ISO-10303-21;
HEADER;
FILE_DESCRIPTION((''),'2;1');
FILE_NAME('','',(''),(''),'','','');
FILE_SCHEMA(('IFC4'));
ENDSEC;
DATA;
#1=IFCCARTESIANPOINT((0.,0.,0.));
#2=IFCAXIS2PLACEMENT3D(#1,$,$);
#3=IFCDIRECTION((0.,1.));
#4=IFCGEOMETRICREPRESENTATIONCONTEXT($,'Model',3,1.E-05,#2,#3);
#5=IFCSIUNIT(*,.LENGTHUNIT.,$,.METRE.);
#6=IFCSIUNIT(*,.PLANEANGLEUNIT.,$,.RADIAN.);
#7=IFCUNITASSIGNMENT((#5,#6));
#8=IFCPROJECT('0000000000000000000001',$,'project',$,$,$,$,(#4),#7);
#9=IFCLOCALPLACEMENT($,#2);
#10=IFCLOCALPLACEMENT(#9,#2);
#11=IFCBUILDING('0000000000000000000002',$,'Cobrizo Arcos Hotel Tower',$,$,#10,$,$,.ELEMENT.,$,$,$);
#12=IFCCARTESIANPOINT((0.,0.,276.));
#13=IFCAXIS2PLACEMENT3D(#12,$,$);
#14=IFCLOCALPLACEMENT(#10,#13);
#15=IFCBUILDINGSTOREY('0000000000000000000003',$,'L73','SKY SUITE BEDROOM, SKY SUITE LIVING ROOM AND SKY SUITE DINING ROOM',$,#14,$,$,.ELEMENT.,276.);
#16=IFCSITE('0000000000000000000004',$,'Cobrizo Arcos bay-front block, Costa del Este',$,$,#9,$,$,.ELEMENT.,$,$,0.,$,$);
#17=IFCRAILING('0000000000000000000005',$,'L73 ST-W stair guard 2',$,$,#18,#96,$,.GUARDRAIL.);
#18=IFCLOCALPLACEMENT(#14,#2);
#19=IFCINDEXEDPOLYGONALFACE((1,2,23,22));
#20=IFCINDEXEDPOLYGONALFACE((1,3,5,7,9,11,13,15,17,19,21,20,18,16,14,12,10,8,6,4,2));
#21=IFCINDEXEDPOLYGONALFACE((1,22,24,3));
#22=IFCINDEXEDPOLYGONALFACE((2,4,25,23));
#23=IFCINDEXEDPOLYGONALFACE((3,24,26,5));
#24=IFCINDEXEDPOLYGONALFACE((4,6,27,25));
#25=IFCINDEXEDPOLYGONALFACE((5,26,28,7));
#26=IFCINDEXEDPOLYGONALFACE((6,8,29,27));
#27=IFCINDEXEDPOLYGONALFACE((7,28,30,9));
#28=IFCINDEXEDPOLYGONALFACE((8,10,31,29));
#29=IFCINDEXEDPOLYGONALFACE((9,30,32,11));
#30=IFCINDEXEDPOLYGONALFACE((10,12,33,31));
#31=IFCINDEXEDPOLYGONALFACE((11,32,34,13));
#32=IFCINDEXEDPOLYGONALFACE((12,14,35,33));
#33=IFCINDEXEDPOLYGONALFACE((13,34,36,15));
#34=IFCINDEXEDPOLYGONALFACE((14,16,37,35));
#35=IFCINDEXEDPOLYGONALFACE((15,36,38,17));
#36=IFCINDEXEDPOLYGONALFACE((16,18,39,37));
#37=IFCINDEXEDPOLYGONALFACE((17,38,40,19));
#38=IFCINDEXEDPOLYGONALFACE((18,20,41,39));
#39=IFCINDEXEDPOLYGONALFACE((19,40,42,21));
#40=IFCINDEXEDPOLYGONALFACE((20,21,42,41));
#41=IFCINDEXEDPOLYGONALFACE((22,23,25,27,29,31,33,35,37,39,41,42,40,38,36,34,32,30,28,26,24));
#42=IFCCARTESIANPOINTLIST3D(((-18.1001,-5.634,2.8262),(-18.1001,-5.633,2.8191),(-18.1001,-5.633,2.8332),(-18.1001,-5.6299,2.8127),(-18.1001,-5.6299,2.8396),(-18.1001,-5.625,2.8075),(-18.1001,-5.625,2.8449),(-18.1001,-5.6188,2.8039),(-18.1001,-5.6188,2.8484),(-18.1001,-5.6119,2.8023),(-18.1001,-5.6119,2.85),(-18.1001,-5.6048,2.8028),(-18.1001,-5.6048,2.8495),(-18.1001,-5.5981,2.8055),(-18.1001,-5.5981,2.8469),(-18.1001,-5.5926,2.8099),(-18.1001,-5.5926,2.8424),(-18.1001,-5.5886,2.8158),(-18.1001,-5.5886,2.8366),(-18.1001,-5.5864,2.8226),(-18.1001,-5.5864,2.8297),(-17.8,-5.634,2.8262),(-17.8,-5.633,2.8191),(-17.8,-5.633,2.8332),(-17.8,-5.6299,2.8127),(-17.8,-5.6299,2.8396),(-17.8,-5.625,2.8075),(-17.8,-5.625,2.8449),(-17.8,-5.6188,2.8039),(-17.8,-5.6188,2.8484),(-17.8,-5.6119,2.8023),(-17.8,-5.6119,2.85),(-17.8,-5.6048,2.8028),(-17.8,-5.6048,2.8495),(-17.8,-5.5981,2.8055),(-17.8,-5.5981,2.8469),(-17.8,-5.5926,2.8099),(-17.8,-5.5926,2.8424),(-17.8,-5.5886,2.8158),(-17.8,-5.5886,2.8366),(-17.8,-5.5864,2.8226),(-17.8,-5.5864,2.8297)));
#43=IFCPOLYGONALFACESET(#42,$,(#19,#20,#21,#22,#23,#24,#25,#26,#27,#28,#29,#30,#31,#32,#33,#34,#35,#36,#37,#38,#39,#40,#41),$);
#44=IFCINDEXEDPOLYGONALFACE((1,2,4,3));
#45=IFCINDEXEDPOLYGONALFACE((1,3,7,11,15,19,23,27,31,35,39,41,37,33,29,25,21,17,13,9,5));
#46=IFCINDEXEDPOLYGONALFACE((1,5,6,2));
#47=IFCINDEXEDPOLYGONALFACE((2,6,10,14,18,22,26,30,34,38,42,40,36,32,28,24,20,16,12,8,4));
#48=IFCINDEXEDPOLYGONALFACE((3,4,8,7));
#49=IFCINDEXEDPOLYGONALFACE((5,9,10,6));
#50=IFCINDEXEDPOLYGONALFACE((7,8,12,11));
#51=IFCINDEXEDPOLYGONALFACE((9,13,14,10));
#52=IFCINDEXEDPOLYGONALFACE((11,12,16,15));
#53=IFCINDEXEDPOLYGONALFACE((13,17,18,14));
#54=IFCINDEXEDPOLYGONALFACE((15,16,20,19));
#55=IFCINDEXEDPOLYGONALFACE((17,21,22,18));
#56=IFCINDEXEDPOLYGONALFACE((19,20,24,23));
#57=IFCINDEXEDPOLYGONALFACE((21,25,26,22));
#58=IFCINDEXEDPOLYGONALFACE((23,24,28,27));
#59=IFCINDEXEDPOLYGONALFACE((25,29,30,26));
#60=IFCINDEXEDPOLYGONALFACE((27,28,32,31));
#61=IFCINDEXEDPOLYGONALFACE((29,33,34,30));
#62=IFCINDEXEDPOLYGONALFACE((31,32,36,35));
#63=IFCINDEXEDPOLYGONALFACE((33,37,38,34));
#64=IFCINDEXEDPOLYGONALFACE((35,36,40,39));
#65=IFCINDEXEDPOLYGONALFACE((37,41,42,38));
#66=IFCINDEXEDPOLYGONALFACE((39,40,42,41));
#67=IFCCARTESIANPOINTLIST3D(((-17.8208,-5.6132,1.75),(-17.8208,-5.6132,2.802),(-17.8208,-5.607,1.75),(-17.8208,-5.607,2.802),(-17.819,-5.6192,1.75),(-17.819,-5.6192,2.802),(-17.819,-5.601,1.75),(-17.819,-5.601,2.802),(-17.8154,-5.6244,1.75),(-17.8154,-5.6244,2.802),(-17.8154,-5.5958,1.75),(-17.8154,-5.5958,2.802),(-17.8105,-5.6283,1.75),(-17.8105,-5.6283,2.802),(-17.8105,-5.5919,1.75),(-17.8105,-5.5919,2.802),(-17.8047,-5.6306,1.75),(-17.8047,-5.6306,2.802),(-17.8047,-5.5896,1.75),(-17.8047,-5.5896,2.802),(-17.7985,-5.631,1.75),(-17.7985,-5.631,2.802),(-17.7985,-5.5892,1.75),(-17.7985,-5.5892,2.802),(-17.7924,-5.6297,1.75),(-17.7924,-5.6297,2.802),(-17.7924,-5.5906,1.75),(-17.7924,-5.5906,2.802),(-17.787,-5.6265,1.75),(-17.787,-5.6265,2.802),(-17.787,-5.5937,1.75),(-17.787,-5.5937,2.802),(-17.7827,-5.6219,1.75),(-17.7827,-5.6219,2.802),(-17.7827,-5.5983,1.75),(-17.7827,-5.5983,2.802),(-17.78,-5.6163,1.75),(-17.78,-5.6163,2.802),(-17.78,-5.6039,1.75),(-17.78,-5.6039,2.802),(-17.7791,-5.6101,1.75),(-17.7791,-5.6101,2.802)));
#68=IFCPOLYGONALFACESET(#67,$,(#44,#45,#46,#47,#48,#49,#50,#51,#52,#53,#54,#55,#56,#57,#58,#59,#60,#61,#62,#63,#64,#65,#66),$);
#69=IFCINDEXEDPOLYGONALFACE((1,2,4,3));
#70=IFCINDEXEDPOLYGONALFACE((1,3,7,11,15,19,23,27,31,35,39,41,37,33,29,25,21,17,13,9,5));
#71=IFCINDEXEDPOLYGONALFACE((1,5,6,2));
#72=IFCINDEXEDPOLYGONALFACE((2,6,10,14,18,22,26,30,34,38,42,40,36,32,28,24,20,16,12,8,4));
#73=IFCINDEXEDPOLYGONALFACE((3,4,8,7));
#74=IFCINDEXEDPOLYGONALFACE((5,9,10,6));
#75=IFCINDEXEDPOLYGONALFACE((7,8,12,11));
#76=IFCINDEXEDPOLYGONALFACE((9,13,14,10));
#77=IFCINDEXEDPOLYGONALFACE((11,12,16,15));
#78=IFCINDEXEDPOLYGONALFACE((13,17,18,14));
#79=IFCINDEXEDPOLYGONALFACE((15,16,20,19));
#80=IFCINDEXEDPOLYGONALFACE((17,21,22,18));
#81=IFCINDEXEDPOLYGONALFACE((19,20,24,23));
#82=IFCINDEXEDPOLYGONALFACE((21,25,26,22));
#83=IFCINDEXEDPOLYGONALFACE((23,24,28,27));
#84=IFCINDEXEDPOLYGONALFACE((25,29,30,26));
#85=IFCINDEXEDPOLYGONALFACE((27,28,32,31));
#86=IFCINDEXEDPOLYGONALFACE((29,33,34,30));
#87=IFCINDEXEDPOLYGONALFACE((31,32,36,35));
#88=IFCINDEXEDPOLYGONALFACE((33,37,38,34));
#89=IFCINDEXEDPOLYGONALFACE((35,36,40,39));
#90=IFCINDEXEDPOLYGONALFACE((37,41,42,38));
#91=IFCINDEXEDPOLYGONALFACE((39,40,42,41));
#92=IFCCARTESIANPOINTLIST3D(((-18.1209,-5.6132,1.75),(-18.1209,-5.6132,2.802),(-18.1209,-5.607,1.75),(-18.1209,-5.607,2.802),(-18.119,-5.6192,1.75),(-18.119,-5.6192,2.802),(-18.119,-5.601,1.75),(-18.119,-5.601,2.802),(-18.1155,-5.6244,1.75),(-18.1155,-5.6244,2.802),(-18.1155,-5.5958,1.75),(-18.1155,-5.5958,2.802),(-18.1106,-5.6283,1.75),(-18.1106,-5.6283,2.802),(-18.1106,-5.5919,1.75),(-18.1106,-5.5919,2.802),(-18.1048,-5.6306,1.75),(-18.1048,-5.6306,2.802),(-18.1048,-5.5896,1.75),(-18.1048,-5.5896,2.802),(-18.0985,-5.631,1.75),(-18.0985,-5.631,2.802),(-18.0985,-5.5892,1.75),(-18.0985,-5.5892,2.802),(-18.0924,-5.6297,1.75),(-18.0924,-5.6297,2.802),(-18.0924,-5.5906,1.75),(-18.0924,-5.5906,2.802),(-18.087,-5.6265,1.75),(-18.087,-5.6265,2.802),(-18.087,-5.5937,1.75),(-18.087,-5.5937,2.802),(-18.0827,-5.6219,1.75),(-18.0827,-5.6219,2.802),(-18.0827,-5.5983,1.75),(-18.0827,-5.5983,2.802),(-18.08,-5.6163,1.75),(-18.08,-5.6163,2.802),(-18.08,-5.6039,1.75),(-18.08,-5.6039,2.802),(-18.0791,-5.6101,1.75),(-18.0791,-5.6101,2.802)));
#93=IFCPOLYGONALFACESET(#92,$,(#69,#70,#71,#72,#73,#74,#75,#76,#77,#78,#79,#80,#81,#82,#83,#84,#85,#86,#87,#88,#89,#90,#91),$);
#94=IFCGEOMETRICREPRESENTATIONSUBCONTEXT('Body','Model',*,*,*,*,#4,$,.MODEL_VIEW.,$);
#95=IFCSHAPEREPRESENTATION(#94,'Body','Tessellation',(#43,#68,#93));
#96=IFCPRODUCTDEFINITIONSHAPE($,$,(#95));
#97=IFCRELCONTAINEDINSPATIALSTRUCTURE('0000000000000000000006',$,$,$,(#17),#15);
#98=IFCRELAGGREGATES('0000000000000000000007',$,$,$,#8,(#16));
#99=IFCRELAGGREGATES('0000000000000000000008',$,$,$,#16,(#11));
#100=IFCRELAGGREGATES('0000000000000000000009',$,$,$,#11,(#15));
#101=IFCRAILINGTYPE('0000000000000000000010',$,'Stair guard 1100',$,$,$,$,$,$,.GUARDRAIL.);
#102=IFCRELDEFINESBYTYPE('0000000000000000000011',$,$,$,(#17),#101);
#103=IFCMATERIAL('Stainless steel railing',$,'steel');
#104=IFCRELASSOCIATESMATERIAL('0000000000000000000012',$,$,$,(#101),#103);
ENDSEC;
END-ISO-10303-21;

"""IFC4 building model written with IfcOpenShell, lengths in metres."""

from ifc_helpers import new_model, si_unit, direction, frame, origin, origin_2d, place, context, subcontext, project, spatial, circle, extrude, material, type_object, element, save


model = new_model("IFC4")

# Units and contexts
model_context = context("Model", 3, precision=1e-05, world=origin(), true_north=direction((0.0, 1.0)))
body_context = subcontext(model_context, "Body", "Model", "MODEL_VIEW")
ifc_project = project(units=[si_unit("LENGTHUNIT", "METRE"), si_unit("PLANEANGLEUNIT", "RADIAN")], contexts=[model_context])

# Site, building, storey
site_placement = place(None, origin())
site = spatial("IfcSite", under=ifc_project, at=site_placement, Name="Cobrizo Arcos bay-front block, Costa del Este", CompositionType="ELEMENT", RefElevation=0.0)
building_placement = place(site_placement, origin())
building = spatial("IfcBuilding", under=site, at=building_placement, Name="Cobrizo Arcos Hotel Tower", CompositionType="ELEMENT")
storey_placement = place(building_placement, frame((0.0, 0.0, 276.0)))
storey = spatial("IfcBuildingStorey", under=building, at=storey_placement, Name="L73", Description="SKY SUITE BEDROOM, SKY SUITE LIVING ROOM AND SKY SUITE DINING ROOM", CompositionType="ELEMENT", Elevation=276.0)

# Railing
ifc_material_1 = material(Name="Stainless steel railing", Category="steel")
railing_type_1 = type_object("IfcRailingType", Name="Stair guard 1100", PredefinedType="GUARDRAIL", material=ifc_material_1)
railing_1_placement = place(storey_placement, frame((-17.8, -5.6101, 1.75)))
element("IfcRailing", 1, at=railing_1_placement, inside=storey, type_object=railing_type_1, Name="L73 ST-W stair guard 2", PredefinedType="GUARDRAIL", context=body_context, shape_type="SweptSolid", body=[
    extrude(circle(Radius=0.0239, at=origin_2d()), frame((0.0, 0.0, 1.0762), z_axis=(-1.0, 0.0, 0.0), x_axis=(0.0, -1.0, 0.0)), (0.0, 0.0, 1.0), 0.3),
    extrude(circle(Radius=0.021, at=origin_2d()), origin(), (0.0, 0.0, 1.0), 1.052),
    extrude(circle(Radius=0.021, at=origin_2d()), frame((-0.3, 0.0, 0.0)), (0.0, 0.0, 1.0), 1.052),
])

save(model, "model.ifc")
